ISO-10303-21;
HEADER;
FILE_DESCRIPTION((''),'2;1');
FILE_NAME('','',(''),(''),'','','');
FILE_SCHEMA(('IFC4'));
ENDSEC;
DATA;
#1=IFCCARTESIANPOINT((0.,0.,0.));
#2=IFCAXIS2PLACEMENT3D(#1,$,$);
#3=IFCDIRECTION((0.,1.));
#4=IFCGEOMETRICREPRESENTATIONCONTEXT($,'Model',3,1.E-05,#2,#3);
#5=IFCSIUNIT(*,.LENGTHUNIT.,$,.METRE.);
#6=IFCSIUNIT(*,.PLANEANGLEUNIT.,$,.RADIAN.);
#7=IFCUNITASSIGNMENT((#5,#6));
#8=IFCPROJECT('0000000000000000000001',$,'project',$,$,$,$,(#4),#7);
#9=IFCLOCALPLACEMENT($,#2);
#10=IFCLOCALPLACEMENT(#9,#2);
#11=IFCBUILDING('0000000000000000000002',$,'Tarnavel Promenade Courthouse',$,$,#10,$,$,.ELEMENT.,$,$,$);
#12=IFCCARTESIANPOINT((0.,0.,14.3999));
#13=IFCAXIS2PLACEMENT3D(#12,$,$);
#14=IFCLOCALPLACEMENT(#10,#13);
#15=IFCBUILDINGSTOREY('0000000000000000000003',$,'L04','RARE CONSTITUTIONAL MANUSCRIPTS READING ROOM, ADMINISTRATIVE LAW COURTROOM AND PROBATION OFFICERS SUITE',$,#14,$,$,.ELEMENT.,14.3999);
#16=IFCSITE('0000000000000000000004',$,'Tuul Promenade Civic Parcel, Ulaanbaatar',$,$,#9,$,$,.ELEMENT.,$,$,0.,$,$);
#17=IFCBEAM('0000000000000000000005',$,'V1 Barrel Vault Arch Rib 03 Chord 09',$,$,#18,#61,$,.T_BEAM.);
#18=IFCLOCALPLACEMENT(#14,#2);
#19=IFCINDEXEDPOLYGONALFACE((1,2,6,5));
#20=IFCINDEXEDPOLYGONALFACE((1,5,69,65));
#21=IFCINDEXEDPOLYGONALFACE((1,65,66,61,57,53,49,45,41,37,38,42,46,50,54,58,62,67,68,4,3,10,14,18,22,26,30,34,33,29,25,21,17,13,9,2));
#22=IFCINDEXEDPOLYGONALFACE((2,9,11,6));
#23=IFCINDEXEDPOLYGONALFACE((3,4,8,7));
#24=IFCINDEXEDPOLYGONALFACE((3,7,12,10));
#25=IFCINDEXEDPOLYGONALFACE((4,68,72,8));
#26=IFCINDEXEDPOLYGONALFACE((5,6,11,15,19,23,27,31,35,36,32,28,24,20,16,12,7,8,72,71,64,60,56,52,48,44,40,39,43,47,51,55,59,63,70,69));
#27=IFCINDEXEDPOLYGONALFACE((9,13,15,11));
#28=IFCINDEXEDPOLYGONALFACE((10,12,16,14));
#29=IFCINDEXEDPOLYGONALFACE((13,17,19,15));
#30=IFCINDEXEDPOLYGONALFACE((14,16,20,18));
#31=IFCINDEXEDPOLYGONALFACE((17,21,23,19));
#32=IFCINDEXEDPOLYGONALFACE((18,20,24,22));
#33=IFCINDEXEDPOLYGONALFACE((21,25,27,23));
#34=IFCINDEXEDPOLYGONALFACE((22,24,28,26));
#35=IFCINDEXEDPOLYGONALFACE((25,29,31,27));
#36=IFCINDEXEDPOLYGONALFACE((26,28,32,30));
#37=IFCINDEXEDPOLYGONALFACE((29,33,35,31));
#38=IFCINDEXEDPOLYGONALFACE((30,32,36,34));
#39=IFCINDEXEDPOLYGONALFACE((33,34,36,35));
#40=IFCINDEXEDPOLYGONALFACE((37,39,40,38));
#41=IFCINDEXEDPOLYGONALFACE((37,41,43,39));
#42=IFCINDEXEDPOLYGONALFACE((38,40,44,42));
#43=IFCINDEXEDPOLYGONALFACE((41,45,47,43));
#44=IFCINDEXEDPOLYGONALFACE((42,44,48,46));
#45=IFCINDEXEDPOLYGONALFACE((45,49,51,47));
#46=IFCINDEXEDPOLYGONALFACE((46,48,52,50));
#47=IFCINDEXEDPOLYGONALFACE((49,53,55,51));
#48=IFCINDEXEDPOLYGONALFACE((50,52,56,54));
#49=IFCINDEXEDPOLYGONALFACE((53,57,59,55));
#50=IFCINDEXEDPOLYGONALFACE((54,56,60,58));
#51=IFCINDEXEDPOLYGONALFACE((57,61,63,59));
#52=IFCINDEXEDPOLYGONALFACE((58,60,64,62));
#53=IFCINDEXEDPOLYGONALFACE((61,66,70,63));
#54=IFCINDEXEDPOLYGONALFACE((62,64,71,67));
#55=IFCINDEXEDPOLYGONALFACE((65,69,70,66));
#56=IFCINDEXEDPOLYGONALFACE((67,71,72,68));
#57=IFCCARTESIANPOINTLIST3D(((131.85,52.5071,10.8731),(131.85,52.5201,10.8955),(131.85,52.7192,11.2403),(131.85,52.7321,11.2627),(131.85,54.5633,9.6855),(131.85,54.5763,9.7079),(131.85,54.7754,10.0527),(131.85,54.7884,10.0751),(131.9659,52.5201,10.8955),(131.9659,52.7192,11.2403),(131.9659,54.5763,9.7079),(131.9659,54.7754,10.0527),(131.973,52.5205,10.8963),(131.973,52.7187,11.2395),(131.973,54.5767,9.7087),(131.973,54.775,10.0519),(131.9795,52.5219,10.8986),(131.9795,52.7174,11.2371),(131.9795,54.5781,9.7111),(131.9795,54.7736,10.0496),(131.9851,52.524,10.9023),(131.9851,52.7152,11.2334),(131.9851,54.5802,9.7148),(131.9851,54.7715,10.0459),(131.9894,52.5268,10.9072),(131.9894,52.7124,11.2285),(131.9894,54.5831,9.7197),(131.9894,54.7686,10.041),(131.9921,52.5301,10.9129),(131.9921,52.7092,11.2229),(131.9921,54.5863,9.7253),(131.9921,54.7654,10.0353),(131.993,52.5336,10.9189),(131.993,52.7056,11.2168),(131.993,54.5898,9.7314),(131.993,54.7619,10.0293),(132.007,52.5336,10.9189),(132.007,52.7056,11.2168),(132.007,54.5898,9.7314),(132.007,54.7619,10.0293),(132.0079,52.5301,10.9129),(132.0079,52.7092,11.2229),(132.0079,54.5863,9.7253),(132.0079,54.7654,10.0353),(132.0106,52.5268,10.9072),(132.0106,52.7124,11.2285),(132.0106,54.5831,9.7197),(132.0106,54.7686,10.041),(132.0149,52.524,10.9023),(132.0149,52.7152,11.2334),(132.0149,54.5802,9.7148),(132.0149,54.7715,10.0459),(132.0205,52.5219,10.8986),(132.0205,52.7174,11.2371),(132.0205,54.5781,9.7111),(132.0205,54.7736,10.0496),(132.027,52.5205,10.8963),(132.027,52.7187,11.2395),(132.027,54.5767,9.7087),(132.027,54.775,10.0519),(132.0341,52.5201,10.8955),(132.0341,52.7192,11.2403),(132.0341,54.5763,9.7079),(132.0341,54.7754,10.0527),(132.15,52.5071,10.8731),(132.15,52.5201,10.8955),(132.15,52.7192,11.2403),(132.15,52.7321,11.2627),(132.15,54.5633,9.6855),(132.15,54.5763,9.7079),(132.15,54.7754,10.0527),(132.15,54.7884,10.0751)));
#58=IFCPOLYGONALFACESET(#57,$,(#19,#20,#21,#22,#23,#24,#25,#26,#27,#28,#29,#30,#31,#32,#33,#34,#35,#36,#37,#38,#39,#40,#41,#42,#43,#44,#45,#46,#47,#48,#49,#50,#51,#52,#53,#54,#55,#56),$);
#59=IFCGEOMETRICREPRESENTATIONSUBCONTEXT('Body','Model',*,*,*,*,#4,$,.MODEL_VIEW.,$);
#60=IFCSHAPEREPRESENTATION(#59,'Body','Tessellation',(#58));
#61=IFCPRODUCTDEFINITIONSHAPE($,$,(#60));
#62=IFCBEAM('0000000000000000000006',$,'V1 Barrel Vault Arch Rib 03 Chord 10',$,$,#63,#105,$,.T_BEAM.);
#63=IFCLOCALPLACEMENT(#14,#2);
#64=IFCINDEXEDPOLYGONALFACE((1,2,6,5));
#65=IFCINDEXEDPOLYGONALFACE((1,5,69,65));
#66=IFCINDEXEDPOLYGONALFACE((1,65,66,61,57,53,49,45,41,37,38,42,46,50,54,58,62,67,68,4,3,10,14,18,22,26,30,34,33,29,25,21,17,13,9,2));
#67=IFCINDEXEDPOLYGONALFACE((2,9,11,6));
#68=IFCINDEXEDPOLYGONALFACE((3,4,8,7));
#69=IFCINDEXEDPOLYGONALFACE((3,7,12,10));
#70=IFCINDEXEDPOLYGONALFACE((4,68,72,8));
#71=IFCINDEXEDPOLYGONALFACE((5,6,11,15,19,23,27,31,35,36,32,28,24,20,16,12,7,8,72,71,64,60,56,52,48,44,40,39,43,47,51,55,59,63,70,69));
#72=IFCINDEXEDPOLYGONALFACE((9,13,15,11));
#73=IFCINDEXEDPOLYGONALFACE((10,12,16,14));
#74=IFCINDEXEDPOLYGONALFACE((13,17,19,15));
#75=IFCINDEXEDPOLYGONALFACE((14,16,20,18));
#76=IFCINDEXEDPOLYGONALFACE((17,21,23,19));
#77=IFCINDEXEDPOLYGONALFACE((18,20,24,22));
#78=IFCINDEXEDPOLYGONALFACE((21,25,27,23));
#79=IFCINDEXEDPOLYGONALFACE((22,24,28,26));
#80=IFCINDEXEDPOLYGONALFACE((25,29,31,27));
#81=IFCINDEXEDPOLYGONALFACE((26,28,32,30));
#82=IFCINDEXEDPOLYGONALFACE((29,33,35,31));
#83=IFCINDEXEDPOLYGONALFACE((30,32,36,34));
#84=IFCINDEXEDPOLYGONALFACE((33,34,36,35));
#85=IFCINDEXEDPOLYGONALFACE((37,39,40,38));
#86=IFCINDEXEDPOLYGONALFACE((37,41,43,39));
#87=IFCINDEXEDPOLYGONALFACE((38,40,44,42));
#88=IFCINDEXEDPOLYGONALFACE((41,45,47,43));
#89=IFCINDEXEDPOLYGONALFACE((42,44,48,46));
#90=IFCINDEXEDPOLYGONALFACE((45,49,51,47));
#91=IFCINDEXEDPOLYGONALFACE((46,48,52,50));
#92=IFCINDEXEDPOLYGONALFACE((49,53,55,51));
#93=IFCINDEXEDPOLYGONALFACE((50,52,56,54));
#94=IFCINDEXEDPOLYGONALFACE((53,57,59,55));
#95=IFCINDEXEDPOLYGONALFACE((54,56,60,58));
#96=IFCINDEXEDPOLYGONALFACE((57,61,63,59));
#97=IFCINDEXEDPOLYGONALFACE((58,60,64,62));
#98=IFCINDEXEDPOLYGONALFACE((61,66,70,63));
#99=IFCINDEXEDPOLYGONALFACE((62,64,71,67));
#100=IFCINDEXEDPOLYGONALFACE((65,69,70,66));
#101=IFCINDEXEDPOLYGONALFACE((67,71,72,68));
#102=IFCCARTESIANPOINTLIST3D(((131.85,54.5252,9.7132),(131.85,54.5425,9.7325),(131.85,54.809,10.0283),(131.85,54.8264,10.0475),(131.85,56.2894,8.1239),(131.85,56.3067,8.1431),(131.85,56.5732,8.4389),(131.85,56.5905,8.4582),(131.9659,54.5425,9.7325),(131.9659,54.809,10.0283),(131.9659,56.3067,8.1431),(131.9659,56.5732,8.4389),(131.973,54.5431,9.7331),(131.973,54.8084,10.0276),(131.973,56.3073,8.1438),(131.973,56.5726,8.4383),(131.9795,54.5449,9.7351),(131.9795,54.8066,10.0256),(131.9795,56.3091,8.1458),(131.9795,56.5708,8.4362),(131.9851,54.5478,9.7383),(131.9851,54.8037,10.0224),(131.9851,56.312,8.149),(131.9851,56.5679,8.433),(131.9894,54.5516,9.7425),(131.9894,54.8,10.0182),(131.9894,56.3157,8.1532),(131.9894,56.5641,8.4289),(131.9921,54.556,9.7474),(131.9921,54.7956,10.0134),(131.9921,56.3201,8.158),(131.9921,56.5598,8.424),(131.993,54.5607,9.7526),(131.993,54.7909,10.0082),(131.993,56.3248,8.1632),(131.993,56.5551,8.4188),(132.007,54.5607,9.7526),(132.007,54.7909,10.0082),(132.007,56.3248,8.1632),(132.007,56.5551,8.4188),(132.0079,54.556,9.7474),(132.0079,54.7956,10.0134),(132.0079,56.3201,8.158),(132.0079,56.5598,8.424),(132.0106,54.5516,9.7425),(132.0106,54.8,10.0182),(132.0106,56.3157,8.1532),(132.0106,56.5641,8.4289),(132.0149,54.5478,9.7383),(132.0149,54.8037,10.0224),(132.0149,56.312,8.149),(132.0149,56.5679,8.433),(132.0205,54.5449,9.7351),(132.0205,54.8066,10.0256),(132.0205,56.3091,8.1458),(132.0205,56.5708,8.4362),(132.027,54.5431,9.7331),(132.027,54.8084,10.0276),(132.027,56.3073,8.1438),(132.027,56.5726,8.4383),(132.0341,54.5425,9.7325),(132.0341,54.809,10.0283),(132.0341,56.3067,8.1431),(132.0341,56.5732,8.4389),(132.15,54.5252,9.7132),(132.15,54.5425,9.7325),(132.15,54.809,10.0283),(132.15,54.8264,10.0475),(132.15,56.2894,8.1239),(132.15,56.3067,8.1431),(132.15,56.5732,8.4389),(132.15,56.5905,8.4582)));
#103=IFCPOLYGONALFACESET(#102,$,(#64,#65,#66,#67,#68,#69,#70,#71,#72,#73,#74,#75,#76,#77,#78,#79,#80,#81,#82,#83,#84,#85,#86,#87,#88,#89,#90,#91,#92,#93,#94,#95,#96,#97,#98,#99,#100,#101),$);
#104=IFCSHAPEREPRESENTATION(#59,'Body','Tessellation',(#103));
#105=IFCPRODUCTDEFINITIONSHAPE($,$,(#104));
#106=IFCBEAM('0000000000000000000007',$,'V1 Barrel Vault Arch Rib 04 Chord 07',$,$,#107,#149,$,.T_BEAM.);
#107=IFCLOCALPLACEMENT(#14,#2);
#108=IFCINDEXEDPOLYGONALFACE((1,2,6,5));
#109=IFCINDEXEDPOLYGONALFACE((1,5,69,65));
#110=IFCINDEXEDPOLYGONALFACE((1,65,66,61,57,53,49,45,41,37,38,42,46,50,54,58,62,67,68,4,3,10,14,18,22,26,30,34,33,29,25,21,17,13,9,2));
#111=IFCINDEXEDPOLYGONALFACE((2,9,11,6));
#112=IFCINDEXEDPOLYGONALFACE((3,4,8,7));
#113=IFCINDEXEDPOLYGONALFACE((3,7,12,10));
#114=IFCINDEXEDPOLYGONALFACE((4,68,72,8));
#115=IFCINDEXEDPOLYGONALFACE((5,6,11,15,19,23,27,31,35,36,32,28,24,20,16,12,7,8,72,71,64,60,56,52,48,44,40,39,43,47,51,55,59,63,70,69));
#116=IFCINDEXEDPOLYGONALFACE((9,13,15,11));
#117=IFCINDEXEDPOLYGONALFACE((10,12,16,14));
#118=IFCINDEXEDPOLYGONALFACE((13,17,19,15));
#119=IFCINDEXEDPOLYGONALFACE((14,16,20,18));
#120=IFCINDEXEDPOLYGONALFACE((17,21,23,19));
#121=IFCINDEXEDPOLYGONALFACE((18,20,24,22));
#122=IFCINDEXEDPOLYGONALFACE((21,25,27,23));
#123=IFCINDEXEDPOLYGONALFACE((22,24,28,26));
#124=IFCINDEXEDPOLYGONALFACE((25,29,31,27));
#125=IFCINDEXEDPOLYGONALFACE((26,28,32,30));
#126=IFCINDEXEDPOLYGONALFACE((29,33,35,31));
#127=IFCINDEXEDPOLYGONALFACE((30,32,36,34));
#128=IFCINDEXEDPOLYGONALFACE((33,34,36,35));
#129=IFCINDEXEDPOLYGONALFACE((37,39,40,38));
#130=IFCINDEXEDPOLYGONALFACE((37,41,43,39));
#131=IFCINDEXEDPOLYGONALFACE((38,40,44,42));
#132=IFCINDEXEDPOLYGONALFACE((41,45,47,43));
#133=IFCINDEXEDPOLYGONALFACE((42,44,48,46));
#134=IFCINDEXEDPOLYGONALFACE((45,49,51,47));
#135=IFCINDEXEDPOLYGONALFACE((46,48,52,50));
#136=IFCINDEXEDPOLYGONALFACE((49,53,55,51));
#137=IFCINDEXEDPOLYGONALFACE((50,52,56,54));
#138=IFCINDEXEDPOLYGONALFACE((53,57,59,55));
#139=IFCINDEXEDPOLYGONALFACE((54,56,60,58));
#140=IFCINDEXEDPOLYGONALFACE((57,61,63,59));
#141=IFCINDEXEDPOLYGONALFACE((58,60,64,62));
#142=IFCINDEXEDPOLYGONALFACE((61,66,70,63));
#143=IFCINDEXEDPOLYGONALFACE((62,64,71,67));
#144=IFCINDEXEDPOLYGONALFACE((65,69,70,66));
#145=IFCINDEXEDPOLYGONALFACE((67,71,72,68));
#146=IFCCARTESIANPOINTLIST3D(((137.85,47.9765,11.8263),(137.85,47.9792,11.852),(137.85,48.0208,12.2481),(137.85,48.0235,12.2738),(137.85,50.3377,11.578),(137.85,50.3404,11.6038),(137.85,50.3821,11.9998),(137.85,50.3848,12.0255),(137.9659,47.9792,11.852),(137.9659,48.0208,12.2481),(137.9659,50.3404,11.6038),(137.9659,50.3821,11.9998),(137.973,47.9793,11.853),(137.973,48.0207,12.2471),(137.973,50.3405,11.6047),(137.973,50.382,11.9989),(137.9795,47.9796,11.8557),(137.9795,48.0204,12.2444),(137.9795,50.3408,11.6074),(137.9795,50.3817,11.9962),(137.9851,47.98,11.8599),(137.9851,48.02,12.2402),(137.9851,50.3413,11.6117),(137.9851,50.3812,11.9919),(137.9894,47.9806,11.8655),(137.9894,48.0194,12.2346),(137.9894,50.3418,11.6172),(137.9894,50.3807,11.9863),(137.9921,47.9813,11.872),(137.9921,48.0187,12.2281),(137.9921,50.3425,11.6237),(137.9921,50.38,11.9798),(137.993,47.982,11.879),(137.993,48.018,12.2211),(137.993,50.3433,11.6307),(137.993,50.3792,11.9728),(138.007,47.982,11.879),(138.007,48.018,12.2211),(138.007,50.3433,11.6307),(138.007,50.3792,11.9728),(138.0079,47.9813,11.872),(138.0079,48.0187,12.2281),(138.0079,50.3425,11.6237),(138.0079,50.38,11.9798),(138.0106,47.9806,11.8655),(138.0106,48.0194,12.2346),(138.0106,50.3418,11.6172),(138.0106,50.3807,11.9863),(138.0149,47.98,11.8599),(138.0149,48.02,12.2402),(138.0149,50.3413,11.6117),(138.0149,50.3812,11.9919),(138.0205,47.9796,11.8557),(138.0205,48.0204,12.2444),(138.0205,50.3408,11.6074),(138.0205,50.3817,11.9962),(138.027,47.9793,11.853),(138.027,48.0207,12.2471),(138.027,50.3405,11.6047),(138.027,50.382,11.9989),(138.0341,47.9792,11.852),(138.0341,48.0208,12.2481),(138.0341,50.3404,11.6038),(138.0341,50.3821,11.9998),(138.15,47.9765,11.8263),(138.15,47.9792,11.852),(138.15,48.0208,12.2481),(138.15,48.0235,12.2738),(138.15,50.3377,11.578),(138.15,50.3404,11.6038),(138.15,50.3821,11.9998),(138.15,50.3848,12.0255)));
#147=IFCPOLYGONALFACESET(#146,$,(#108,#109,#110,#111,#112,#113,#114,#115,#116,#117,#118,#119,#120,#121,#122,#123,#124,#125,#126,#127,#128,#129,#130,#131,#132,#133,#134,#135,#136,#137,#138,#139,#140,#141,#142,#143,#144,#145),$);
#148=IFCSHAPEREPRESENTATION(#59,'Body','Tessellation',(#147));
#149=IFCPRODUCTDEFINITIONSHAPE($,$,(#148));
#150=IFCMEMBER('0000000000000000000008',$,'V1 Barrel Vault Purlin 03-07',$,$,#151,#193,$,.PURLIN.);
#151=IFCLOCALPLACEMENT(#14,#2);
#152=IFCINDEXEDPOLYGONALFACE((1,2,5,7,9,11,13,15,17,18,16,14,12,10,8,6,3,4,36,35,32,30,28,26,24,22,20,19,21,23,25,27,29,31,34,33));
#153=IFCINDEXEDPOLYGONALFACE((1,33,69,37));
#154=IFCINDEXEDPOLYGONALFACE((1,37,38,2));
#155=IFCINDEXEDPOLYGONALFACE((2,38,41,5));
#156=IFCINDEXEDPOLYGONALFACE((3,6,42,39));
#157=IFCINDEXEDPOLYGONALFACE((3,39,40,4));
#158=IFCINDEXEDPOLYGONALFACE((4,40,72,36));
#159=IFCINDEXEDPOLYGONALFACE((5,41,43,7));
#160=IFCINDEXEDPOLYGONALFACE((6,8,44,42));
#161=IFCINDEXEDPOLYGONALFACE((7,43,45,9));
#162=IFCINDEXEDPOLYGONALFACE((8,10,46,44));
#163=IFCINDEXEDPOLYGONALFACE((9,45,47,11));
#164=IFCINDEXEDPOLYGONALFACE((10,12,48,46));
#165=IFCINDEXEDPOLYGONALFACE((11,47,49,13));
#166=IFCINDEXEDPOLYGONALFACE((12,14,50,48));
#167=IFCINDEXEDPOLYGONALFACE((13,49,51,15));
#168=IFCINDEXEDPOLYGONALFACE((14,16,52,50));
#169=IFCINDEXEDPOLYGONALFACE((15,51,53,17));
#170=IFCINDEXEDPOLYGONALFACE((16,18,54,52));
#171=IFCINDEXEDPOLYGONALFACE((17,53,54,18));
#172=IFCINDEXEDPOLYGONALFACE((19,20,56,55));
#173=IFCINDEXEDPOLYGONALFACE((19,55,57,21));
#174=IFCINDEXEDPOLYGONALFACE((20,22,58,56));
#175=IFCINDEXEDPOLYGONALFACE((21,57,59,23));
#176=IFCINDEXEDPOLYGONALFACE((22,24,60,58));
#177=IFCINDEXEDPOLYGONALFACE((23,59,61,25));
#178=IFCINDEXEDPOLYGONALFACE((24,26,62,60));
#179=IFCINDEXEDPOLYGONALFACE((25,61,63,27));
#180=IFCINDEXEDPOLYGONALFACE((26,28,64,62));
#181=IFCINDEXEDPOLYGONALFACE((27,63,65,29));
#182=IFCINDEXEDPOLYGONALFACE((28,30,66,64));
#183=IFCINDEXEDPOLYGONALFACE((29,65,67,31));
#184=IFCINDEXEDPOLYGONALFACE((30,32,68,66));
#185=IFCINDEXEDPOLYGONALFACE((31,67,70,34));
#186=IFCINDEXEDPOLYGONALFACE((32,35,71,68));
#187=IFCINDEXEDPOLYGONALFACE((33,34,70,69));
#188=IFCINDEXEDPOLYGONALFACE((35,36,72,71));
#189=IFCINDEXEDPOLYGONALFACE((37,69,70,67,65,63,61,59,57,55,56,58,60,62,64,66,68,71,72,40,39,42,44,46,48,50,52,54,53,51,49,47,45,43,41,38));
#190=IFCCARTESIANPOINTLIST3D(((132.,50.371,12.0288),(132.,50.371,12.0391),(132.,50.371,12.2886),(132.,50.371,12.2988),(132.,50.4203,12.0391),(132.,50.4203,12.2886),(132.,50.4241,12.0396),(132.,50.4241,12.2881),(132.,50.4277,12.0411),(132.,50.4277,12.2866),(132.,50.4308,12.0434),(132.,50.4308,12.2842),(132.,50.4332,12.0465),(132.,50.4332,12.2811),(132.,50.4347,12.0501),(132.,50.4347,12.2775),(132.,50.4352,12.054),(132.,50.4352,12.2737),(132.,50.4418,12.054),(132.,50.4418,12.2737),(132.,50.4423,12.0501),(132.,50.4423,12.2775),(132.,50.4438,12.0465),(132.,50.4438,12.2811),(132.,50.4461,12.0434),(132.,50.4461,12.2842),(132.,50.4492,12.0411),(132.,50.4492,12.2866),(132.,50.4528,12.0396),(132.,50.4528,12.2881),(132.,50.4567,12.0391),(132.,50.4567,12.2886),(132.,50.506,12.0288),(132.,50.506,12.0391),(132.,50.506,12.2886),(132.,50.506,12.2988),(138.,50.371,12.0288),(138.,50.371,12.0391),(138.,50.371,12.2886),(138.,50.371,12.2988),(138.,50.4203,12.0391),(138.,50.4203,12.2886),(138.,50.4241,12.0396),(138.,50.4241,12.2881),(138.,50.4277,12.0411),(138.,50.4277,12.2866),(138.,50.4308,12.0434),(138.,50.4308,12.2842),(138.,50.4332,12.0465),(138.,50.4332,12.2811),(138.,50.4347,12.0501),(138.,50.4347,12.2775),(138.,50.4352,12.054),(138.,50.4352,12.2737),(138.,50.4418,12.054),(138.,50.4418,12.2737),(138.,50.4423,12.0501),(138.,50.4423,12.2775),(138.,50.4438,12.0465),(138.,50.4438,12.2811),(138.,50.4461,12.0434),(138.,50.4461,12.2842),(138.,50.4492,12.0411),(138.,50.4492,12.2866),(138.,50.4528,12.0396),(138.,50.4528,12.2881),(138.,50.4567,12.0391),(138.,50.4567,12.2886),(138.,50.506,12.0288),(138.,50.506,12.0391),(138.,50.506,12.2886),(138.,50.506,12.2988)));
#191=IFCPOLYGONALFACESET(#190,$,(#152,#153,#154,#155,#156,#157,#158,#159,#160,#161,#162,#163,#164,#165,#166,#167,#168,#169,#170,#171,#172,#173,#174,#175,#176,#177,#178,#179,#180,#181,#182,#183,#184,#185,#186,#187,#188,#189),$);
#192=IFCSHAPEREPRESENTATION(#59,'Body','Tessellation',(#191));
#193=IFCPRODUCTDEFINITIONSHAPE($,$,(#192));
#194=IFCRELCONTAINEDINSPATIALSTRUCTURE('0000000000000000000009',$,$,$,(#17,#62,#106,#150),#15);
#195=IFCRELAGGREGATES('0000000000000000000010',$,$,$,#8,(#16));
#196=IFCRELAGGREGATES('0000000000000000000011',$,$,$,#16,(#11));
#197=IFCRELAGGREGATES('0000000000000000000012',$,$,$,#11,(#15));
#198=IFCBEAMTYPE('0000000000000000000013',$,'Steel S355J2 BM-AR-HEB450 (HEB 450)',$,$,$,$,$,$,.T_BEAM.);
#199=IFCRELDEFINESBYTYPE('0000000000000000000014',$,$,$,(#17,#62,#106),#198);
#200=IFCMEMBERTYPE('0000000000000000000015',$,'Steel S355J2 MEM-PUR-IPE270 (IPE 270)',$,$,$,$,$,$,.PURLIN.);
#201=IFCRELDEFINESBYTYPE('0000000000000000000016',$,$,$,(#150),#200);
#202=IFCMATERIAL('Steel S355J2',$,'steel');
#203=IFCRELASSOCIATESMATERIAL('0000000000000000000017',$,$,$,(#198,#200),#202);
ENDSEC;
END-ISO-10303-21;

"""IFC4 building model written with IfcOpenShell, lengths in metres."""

from ifc_helpers import new_model, si_unit, direction, frame, origin, origin_2d, place, context, subcontext, project, spatial, i_section, extrude, material, material_profile, profile_set, type_object, element, save


model = new_model("IFC4")

# Units and contexts
model_context = context("Model", 3, precision=1e-05, world=origin(), true_north=direction((0.0, 1.0)))
body_context = subcontext(model_context, "Body", "Model", "MODEL_VIEW")
ifc_project = project(units=[si_unit("LENGTHUNIT", "METRE"), si_unit("PLANEANGLEUNIT", "RADIAN")], contexts=[model_context])

# Site, building, storey
site_placement = place(None, origin())
site = spatial("IfcSite", under=ifc_project, at=site_placement, Name="Tuul Promenade Civic Parcel, Ulaanbaatar", CompositionType="ELEMENT", RefElevation=0.0)
building_placement = place(site_placement, origin())
building = spatial("IfcBuilding", under=site, at=building_placement, Name="Tarnavel Promenade Courthouse", CompositionType="ELEMENT")
storey_placement = place(building_placement, frame((0.0, 0.0, 14.3999)))
storey = spatial("IfcBuildingStorey", under=building, at=storey_placement, Name="L04", Description="RARE CONSTITUTIONAL MANUSCRIPTS READING ROOM, ADMINISTRATIVE LAW COURTROOM AND PROBATION OFFICERS SUITE", CompositionType="ELEMENT", Elevation=14.3999)

# Beams
ifc_material_1 = material(Name="Steel S355J2", Category="steel")
ifc_material_profile_1 = material_profile(ifc_material_1, i_section(OverallWidth=0.3, OverallDepth=0.45, WebThickness=0.0139, FlangeThickness=0.0259, FilletRadius=0.0271, at=origin_2d()), Name="HEB 450")
ifc_profile_set_1 = profile_set([ifc_material_profile_1], Name="Steel S355J2")
beam_type = type_object("IfcBeamType", Name="Steel S355J2 BM-AR-HEB450 (HEB 450)", PredefinedType="T_BEAM", material=ifc_profile_set_1)
for number, where, z_axis, x_axis, name in (
    (1, (132.0, 52.6196, 11.0679), (0.0, 0.865956, -0.50012), (-1.0, 0.0, 0.0), "V1 Barrel Vault Arch Rib 03 Chord 09"),
    (2, (132.0, 54.6758, 9.8804), (0.0, 0.742957, -0.66934), (-1.0, 0.0, 0.0), "V1 Barrel Vault Arch Rib 03 Chord 10"),
):
    element("IfcBeam", number, at=place(storey_placement, frame(where, z_axis=z_axis, x_axis=x_axis)), inside=storey, type_object=beam_type, Name=name, PredefinedType="T_BEAM", context=body_context, shape_type="SweptSolid", body=[
        extrude(i_section(OverallWidth=0.3, OverallDepth=0.45, WebThickness=0.0139, FlangeThickness=0.0259, FilletRadius=0.0271, at=origin_2d()), origin(), (0.0, 0.0, 1.0), 2.3745),
    ])
beam_placement = place(storey_placement, frame((138.0, 48.0, 12.05), z_axis=(0.0, 0.994517, -0.104572), x_axis=(-1.0, 0.0, 0.0)))
element("IfcBeam", 3, at=beam_placement, inside=storey, type_object=beam_type, Name="V1 Barrel Vault Arch Rib 04 Chord 07", PredefinedType="T_BEAM", context=body_context, shape_type="SweptSolid", body=[
    extrude(i_section(OverallWidth=0.3, OverallDepth=0.45, WebThickness=0.0139, FlangeThickness=0.0259, FilletRadius=0.0271, at=origin_2d()), origin(), (0.0, 0.0, 1.0), 2.3743),
])

# Member
ifc_material_profile_2 = material_profile(ifc_material_1, i_section(OverallWidth=0.135, OverallDepth=0.27, WebThickness=0.0066, FlangeThickness=0.0103, FilletRadius=0.0149, at=origin_2d()), Name="IPE 270")
ifc_profile_set_2 = profile_set([ifc_material_profile_2], Name="Steel S355J2")
member_type_1 = type_object("IfcMemberType", Name="Steel S355J2 MEM-PUR-IPE270 (IPE 270)", PredefinedType="PURLIN", material=ifc_profile_set_2)
for number, where, z_axis, x_axis, name in (
    (4, (132.0, 50.4385, 12.1638), (1.0, 0.0, 0.0), (0.0, 1.0, 0.0), "V1 Barrel Vault Purlin 03-07"),
):
    element("IfcMember", number, at=place(storey_placement, frame(where, z_axis=z_axis, x_axis=x_axis)), inside=storey, type_object=member_type_1, Name=name, PredefinedType="PURLIN", context=body_context, shape_type="SweptSolid", body=[
        extrude(i_section(OverallWidth=0.135, OverallDepth=0.27, WebThickness=0.0066, FlangeThickness=0.0103, FilletRadius=0.0149, at=origin_2d()), origin(), (0.0, 0.0, 1.0), 6.0),
    ])

save(model, "model.ifc")
